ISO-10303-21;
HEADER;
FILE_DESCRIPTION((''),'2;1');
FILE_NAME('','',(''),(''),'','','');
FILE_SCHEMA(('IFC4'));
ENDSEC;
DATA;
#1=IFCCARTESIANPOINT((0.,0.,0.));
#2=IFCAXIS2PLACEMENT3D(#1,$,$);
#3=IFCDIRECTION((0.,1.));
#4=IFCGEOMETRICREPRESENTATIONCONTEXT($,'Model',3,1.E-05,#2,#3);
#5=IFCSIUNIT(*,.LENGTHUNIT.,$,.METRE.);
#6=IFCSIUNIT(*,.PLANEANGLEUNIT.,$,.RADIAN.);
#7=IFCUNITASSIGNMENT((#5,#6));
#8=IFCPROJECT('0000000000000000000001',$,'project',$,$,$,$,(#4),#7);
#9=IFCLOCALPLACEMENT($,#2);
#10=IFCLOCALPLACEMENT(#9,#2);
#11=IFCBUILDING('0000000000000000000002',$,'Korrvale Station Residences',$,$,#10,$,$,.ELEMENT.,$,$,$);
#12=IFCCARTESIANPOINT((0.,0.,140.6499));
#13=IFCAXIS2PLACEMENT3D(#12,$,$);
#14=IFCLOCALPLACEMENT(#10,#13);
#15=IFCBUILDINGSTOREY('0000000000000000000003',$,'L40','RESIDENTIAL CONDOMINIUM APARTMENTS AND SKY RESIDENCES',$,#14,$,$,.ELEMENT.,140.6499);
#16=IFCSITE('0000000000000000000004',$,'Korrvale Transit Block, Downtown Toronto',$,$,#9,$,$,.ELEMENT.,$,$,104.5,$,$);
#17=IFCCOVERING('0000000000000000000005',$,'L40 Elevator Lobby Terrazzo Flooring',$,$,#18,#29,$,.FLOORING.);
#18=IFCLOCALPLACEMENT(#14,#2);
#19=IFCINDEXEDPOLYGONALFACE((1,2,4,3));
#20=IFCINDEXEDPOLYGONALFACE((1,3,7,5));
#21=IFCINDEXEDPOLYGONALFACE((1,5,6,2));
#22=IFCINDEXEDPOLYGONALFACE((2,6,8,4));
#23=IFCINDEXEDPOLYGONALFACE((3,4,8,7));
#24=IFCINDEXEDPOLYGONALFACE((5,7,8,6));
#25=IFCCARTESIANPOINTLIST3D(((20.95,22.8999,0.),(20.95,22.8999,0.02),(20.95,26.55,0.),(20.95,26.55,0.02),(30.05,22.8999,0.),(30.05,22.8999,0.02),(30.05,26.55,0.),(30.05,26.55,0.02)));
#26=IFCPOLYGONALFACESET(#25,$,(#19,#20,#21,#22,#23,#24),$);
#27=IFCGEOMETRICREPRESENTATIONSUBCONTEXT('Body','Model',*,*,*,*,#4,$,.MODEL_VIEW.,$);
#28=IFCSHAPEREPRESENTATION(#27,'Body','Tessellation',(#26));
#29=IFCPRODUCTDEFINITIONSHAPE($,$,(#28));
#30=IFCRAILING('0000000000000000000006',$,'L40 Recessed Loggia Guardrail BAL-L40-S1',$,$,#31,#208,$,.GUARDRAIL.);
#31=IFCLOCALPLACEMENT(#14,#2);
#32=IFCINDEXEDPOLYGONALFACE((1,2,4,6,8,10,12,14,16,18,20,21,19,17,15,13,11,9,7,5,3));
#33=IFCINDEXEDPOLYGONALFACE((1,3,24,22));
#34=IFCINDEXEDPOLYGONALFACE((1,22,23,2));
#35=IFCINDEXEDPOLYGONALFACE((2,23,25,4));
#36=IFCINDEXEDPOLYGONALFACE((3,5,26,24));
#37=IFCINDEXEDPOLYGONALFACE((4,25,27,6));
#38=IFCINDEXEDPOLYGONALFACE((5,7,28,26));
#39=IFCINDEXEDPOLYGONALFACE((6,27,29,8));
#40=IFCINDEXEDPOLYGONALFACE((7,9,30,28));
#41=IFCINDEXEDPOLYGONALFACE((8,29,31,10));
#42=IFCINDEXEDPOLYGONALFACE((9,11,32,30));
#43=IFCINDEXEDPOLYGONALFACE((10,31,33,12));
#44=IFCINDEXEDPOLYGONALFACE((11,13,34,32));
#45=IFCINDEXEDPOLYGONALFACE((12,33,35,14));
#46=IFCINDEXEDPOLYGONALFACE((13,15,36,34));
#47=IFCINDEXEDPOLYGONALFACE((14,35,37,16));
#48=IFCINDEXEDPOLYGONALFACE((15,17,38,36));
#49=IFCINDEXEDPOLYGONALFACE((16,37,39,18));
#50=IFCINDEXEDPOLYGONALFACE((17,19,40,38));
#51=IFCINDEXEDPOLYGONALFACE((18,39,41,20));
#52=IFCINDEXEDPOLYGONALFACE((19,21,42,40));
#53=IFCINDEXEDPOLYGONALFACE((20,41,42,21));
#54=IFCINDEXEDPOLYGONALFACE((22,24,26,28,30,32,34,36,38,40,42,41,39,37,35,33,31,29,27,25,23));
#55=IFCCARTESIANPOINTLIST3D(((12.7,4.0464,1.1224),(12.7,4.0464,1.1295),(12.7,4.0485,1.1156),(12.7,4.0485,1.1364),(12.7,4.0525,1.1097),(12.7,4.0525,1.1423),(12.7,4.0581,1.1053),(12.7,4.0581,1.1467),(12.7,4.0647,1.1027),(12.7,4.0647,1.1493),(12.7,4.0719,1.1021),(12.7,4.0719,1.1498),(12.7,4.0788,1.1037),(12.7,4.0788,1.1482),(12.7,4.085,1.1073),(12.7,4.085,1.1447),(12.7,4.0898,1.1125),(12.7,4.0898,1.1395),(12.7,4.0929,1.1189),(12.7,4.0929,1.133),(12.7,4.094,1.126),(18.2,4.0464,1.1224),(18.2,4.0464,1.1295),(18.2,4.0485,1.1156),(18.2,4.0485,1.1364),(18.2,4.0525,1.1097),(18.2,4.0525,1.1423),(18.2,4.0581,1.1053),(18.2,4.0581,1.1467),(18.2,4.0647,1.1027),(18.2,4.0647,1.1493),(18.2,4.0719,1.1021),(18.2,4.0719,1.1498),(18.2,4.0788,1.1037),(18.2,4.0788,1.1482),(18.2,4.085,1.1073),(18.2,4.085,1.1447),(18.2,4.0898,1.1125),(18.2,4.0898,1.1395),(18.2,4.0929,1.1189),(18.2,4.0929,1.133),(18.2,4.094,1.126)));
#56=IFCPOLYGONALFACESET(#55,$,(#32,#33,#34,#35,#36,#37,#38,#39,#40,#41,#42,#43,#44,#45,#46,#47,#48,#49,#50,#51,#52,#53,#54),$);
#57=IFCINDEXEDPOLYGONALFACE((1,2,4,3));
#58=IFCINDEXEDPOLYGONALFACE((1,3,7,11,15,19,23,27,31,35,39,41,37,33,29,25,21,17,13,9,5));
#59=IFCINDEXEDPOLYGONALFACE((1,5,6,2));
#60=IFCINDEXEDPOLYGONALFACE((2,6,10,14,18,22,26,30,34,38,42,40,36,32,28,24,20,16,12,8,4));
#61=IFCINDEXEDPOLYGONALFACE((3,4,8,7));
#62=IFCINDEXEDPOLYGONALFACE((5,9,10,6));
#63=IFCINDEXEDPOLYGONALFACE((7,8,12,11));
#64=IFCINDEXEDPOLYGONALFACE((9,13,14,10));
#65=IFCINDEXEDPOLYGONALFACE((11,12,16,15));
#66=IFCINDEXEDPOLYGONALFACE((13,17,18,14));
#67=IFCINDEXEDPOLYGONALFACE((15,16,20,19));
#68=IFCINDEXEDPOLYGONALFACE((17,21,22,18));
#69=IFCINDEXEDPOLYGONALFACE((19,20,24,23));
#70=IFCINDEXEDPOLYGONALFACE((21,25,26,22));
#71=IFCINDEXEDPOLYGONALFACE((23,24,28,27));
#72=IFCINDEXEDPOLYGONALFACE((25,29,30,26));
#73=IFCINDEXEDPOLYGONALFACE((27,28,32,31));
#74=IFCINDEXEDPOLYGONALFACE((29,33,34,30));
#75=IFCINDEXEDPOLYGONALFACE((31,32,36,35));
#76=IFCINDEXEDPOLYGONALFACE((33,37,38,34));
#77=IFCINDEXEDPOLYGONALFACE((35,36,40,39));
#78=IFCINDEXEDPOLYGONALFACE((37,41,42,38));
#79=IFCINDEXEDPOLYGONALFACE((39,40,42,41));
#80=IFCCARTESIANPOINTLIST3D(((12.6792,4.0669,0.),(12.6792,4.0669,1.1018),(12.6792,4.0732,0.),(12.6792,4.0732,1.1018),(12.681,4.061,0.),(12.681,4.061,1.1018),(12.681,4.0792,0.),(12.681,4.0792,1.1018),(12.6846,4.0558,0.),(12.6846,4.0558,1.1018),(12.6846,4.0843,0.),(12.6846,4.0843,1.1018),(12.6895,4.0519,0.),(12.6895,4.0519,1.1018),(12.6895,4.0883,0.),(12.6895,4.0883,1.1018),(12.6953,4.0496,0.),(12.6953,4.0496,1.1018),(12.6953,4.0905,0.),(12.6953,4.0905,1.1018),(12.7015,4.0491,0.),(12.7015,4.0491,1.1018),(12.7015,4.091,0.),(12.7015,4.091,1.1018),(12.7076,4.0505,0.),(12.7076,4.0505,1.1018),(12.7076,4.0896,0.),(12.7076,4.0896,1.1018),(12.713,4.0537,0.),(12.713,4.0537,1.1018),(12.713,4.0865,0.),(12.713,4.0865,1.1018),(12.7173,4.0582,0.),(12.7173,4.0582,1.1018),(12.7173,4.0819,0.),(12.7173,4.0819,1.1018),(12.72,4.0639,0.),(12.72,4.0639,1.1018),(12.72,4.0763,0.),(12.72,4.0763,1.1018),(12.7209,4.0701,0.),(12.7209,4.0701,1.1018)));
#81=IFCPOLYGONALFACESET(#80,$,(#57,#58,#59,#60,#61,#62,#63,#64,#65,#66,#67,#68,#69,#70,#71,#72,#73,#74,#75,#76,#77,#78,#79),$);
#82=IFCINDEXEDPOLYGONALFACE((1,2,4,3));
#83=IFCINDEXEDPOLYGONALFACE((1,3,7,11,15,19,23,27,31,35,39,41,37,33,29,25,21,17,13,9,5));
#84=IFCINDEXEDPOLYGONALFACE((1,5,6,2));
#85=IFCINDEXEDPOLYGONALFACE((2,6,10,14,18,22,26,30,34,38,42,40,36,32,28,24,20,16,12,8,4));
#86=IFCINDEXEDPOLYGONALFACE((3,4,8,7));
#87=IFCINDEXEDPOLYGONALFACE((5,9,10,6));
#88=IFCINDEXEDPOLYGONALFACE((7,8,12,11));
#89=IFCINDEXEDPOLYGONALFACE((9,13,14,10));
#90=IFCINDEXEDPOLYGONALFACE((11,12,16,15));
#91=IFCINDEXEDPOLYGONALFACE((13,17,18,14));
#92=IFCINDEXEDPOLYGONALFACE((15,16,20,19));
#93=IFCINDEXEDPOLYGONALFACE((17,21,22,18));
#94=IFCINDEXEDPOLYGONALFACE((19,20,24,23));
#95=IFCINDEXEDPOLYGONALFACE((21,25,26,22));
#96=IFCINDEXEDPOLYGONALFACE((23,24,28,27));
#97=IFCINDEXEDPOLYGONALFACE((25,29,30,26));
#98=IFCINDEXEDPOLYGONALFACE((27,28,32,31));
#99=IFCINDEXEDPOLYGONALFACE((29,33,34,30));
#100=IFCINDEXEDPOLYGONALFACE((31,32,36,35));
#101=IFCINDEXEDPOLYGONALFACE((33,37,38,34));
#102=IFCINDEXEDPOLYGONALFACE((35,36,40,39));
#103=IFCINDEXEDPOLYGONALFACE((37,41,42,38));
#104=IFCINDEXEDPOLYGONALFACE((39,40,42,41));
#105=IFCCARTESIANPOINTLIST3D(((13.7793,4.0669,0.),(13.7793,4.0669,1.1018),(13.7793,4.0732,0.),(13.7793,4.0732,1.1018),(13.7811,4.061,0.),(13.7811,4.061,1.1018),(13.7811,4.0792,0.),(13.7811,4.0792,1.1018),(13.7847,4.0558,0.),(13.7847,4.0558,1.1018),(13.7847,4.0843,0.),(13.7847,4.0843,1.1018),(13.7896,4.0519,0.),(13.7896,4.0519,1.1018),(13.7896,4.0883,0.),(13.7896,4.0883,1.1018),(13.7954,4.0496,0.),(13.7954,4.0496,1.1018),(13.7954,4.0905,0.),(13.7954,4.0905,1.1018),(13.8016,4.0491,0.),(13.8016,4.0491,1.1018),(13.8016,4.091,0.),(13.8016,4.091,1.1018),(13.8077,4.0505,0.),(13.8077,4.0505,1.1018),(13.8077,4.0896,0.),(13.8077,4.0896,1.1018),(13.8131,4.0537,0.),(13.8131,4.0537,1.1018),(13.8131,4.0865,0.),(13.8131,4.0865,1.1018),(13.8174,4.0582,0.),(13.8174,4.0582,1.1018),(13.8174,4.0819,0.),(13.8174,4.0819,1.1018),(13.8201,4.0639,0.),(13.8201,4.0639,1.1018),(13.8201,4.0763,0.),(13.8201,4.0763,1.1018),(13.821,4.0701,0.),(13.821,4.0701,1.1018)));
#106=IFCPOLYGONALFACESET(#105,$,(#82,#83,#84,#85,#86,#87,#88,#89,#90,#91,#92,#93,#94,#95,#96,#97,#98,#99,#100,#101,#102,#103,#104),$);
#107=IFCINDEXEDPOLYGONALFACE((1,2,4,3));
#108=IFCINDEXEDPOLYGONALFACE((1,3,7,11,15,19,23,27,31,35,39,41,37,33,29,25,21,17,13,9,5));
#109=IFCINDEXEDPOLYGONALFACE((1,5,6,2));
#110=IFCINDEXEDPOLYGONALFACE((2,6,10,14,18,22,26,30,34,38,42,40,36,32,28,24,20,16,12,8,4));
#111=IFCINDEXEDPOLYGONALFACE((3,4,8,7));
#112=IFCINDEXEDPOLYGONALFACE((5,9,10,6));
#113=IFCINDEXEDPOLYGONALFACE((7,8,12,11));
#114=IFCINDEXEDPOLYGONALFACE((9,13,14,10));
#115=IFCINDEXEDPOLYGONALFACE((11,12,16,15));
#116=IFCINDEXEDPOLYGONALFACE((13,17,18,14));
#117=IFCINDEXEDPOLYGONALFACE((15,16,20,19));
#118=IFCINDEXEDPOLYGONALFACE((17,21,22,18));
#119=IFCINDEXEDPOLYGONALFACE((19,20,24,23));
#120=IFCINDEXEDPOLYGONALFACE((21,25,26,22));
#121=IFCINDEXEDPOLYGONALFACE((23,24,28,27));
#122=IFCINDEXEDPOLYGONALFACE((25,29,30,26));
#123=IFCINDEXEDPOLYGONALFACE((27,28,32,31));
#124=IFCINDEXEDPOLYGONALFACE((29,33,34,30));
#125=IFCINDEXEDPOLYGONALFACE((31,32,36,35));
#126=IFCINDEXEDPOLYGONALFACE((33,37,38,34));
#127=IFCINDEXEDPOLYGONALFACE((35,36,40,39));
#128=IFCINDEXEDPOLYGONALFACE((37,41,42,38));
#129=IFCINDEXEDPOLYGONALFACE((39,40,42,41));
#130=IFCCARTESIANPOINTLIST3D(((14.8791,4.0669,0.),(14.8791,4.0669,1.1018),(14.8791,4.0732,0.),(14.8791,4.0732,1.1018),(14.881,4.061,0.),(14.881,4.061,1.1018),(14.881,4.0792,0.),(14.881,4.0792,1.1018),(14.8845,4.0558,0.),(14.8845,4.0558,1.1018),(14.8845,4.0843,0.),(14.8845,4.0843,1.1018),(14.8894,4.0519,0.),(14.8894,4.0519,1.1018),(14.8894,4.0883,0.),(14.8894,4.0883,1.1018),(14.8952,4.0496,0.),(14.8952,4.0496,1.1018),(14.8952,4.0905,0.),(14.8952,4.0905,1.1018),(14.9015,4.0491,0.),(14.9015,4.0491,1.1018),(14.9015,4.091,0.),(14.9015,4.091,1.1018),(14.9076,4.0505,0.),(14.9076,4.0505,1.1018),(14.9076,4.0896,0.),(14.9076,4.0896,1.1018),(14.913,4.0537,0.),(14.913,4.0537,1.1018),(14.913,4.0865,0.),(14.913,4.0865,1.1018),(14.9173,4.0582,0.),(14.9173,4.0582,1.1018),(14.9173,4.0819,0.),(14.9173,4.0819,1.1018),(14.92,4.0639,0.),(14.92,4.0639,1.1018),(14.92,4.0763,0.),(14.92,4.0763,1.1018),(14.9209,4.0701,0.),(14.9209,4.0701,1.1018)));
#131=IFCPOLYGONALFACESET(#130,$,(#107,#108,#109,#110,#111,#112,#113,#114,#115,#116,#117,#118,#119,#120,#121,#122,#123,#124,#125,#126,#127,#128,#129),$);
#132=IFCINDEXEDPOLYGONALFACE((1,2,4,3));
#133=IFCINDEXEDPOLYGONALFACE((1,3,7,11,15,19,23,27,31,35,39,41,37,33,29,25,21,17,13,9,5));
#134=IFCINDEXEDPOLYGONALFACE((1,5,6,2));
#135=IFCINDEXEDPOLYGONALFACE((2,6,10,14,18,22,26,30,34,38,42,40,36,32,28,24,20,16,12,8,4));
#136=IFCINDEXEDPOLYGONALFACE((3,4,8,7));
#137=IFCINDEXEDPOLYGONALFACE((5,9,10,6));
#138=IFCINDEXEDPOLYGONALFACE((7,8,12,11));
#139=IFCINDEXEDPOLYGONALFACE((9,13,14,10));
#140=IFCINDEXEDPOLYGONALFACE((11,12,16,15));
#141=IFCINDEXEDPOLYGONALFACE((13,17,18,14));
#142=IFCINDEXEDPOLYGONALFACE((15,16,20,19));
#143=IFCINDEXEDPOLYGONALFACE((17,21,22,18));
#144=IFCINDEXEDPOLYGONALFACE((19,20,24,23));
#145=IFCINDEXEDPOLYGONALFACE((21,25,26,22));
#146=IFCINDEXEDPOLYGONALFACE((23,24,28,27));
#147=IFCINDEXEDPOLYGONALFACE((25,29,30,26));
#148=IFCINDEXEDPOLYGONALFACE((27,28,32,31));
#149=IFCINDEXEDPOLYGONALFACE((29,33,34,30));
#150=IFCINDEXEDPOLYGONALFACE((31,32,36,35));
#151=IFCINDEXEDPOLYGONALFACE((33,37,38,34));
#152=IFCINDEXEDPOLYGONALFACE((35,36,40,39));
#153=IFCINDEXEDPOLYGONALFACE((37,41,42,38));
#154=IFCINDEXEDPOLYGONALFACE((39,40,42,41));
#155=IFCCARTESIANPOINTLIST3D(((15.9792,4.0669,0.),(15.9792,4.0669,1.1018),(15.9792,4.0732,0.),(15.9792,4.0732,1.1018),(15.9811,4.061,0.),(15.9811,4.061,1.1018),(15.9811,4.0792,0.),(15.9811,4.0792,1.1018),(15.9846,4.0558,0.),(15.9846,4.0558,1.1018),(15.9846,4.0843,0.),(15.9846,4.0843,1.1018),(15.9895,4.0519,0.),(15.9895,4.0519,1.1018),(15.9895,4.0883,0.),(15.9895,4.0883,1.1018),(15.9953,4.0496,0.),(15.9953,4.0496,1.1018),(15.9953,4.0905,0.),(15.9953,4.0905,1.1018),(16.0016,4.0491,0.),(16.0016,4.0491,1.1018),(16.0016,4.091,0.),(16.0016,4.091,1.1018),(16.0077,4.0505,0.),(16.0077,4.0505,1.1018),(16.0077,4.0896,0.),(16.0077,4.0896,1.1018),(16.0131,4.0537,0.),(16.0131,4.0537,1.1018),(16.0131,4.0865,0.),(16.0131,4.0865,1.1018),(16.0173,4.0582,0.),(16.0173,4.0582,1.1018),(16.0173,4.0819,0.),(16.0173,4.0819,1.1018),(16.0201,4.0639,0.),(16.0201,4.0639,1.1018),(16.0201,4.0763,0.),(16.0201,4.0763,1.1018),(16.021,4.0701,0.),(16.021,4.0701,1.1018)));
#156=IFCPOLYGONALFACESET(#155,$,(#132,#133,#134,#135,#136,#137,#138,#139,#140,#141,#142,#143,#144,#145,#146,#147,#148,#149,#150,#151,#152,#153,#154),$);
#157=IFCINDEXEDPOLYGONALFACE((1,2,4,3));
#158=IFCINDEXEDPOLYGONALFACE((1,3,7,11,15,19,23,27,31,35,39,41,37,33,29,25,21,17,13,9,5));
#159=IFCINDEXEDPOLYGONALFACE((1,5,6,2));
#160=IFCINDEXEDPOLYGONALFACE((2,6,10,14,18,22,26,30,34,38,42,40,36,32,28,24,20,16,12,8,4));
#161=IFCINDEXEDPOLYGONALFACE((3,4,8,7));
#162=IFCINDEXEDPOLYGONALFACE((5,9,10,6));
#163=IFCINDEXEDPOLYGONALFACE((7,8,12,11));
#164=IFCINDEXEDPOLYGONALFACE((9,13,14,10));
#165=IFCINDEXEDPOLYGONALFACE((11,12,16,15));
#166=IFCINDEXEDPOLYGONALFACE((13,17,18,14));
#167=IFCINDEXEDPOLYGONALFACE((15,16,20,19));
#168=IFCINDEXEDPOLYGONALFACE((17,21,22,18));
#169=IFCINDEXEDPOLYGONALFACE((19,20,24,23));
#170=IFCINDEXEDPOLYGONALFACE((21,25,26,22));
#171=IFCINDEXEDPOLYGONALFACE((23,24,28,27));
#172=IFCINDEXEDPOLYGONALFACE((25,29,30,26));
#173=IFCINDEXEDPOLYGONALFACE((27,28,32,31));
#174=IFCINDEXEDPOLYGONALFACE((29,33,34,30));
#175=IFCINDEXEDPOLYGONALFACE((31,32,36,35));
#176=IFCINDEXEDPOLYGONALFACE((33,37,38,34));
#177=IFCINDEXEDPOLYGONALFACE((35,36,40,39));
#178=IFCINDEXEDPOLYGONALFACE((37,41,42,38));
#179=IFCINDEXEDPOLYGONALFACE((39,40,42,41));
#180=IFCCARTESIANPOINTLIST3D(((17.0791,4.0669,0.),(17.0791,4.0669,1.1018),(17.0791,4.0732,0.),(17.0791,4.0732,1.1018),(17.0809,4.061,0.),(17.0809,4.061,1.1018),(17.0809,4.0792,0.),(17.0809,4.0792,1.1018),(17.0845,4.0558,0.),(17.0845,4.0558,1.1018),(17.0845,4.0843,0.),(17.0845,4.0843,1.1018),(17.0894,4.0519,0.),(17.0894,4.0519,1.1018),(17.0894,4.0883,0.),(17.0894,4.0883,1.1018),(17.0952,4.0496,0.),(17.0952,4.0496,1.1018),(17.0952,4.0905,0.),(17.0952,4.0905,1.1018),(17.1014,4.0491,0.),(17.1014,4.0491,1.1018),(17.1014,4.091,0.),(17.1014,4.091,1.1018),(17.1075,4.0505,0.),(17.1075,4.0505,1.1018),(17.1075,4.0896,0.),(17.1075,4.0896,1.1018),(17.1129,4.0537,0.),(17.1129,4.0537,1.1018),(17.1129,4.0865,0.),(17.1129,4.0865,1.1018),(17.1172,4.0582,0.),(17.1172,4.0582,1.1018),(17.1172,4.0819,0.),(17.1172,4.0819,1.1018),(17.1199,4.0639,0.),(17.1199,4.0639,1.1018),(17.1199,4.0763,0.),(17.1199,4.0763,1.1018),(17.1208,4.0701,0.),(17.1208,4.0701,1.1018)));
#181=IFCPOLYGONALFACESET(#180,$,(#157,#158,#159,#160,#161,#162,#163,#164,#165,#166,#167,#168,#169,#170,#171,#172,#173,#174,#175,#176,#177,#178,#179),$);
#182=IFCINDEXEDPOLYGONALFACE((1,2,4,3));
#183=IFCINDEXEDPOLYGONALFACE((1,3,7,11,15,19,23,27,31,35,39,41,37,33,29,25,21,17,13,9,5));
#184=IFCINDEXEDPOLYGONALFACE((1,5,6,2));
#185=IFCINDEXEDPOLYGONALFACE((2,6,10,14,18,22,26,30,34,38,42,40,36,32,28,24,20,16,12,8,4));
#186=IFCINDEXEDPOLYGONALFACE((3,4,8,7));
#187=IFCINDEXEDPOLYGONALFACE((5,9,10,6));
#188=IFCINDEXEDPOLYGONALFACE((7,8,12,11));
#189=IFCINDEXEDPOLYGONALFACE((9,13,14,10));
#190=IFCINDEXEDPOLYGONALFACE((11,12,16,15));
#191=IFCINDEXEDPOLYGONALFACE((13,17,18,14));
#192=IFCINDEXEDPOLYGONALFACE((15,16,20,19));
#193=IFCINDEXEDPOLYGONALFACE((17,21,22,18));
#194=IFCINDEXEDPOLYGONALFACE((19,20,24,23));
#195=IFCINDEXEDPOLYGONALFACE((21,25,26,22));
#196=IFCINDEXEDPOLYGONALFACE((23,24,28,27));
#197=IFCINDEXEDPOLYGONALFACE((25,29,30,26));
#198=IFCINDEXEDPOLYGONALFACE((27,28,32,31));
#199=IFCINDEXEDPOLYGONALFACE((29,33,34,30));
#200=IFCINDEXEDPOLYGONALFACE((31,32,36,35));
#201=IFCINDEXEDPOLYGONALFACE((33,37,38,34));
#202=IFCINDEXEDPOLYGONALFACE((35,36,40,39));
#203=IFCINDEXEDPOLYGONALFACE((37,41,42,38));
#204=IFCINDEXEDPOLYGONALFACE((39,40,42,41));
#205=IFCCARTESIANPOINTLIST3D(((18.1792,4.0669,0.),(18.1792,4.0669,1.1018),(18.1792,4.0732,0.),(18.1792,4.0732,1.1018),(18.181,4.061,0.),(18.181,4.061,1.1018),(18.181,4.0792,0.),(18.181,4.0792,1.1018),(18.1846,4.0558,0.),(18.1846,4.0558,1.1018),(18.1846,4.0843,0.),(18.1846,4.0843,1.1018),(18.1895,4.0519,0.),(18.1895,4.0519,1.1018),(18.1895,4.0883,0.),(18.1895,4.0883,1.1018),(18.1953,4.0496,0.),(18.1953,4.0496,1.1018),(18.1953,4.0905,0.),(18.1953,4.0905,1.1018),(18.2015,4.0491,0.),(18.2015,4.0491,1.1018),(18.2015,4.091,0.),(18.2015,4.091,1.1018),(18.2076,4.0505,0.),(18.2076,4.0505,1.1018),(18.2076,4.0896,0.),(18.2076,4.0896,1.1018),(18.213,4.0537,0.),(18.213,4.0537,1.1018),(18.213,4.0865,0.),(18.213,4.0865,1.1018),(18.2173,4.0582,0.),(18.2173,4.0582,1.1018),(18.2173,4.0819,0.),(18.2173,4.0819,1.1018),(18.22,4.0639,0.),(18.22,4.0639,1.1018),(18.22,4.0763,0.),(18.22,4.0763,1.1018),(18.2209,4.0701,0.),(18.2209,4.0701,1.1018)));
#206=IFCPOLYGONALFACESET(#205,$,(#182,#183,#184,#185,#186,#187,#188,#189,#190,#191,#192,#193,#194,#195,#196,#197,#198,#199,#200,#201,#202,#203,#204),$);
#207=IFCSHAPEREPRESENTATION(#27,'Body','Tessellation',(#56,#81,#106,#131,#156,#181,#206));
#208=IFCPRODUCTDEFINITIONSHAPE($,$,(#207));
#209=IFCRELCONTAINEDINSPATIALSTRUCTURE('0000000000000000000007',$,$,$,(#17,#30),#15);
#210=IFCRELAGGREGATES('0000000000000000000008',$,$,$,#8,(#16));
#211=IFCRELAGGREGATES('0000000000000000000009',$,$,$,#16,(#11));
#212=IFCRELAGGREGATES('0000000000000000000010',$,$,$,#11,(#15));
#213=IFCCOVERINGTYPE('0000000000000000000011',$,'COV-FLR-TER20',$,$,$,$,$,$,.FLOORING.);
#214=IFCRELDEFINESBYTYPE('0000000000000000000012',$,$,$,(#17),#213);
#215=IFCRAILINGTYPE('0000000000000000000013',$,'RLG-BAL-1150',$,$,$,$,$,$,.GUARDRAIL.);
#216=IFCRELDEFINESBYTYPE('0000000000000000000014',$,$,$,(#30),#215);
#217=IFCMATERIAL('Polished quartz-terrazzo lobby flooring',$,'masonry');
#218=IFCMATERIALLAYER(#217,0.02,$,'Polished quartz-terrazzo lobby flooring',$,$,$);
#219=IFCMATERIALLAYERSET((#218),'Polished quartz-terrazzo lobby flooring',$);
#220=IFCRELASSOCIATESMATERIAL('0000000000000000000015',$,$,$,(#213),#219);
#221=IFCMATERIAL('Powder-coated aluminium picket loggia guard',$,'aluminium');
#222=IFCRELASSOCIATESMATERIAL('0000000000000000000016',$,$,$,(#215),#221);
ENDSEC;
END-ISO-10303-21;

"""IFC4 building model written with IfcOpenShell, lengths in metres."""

from ifc_helpers import new_model, si_unit, direction, frame, origin, origin_2d, place, context, subcontext, project, spatial, polyline, circle, outline, extrude, material, layer, layer_set, type_object, element, save


model = new_model("IFC4")

# Units and contexts
model_context = context("Model", 3, precision=1e-05, world=origin(), true_north=direction((0.0, 1.0)))
body_context = subcontext(model_context, "Body", "Model", "MODEL_VIEW")
ifc_project = project(units=[si_unit("LENGTHUNIT", "METRE"), si_unit("PLANEANGLEUNIT", "RADIAN")], contexts=[model_context])

# Site, building, storey
site_placement = place(None, origin())
site = spatial("IfcSite", under=ifc_project, at=site_placement, Name="Korrvale Transit Block, Downtown Toronto", CompositionType="ELEMENT", RefElevation=104.5)
building_placement = place(site_placement, origin())
building = spatial("IfcBuilding", under=site, at=building_placement, Name="Korrvale Station Residences", CompositionType="ELEMENT")
storey_placement = place(building_placement, frame((0.0, 0.0, 140.6499)))
storey = spatial("IfcBuildingStorey", under=building, at=storey_placement, Name="L40", Description="RESIDENTIAL CONDOMINIUM APARTMENTS AND SKY RESIDENCES", CompositionType="ELEMENT", Elevation=140.6499)

# Covering
ifc_material_1 = material(Name="Polished quartz-terrazzo lobby flooring", Category="masonry")
ifc_layer_1 = layer(ifc_material_1, 0.02, Name="Polished quartz-terrazzo lobby flooring")
ifc_layer_set_1 = layer_set([ifc_layer_1], Name="Polished quartz-terrazzo lobby flooring")
covering_type_1 = type_object("IfcCoveringType", Name="COV-FLR-TER20", PredefinedType="FLOORING", material=ifc_layer_set_1)
covering_1_placement = place(storey_placement, origin())
element("IfcCovering", 1, at=covering_1_placement, inside=storey, type_object=covering_type_1, Name="L40 Elevator Lobby Terrazzo Flooring", PredefinedType="FLOORING", context=body_context, shape_type="SweptSolid", body=[
    extrude(outline(polyline([(20.95, 22.8999), (30.05, 22.8999), (30.05, 26.55), (20.95, 26.55), (20.95, 22.8999)])), origin(), (0.0, 0.0, 1.0), 0.02),
])

# Railing
ifc_material_2 = material(Name="Powder-coated aluminium picket loggia guard", Category="aluminium")
railing_type = type_object("IfcRailingType", Name="RLG-BAL-1150", PredefinedType="GUARDRAIL", material=ifc_material_2)
railing_placement = place(storey_placement, frame((12.7, 4.0701, 0.0)))
element("IfcRailing", 2, at=railing_placement, inside=storey, type_object=railing_type, Name="L40 Recessed Loggia Guardrail BAL-L40-S1", PredefinedType="GUARDRAIL", context=body_context, shape_type="SweptSolid", body=[
    extrude(circle(Radius=0.0239, at=origin_2d()), frame((0.0, 0.0, 1.126), z_axis=(1.0, 0.0, 0.0), x_axis=(0.0, 1.0, 0.0)), (0.0, 0.0, 1.0), 5.5),
    extrude(circle(Radius=0.021, at=origin_2d()), origin(), (0.0, 0.0, 1.0), 1.1018),
    extrude(circle(Radius=0.021, at=origin_2d()), frame((1.1001, 0.0, 0.0)), (0.0, 0.0, 1.0), 1.1018),
    extrude(circle(Radius=0.021, at=origin_2d()), frame((2.2, 0.0, 0.0)), (0.0, 0.0, 1.0), 1.1018),
    extrude(circle(Radius=0.021, at=origin_2d()), frame((3.3, 0.0, 0.0)), (0.0, 0.0, 1.0), 1.1018),
    extrude(circle(Radius=0.021, at=origin_2d()), frame((4.3999, 0.0, 0.0)), (0.0, 0.0, 1.0), 1.1018),
    extrude(circle(Radius=0.021, at=origin_2d()), frame((5.5, 0.0, 0.0)), (0.0, 0.0, 1.0), 1.1018),
])

save(model, "model.ifc")
